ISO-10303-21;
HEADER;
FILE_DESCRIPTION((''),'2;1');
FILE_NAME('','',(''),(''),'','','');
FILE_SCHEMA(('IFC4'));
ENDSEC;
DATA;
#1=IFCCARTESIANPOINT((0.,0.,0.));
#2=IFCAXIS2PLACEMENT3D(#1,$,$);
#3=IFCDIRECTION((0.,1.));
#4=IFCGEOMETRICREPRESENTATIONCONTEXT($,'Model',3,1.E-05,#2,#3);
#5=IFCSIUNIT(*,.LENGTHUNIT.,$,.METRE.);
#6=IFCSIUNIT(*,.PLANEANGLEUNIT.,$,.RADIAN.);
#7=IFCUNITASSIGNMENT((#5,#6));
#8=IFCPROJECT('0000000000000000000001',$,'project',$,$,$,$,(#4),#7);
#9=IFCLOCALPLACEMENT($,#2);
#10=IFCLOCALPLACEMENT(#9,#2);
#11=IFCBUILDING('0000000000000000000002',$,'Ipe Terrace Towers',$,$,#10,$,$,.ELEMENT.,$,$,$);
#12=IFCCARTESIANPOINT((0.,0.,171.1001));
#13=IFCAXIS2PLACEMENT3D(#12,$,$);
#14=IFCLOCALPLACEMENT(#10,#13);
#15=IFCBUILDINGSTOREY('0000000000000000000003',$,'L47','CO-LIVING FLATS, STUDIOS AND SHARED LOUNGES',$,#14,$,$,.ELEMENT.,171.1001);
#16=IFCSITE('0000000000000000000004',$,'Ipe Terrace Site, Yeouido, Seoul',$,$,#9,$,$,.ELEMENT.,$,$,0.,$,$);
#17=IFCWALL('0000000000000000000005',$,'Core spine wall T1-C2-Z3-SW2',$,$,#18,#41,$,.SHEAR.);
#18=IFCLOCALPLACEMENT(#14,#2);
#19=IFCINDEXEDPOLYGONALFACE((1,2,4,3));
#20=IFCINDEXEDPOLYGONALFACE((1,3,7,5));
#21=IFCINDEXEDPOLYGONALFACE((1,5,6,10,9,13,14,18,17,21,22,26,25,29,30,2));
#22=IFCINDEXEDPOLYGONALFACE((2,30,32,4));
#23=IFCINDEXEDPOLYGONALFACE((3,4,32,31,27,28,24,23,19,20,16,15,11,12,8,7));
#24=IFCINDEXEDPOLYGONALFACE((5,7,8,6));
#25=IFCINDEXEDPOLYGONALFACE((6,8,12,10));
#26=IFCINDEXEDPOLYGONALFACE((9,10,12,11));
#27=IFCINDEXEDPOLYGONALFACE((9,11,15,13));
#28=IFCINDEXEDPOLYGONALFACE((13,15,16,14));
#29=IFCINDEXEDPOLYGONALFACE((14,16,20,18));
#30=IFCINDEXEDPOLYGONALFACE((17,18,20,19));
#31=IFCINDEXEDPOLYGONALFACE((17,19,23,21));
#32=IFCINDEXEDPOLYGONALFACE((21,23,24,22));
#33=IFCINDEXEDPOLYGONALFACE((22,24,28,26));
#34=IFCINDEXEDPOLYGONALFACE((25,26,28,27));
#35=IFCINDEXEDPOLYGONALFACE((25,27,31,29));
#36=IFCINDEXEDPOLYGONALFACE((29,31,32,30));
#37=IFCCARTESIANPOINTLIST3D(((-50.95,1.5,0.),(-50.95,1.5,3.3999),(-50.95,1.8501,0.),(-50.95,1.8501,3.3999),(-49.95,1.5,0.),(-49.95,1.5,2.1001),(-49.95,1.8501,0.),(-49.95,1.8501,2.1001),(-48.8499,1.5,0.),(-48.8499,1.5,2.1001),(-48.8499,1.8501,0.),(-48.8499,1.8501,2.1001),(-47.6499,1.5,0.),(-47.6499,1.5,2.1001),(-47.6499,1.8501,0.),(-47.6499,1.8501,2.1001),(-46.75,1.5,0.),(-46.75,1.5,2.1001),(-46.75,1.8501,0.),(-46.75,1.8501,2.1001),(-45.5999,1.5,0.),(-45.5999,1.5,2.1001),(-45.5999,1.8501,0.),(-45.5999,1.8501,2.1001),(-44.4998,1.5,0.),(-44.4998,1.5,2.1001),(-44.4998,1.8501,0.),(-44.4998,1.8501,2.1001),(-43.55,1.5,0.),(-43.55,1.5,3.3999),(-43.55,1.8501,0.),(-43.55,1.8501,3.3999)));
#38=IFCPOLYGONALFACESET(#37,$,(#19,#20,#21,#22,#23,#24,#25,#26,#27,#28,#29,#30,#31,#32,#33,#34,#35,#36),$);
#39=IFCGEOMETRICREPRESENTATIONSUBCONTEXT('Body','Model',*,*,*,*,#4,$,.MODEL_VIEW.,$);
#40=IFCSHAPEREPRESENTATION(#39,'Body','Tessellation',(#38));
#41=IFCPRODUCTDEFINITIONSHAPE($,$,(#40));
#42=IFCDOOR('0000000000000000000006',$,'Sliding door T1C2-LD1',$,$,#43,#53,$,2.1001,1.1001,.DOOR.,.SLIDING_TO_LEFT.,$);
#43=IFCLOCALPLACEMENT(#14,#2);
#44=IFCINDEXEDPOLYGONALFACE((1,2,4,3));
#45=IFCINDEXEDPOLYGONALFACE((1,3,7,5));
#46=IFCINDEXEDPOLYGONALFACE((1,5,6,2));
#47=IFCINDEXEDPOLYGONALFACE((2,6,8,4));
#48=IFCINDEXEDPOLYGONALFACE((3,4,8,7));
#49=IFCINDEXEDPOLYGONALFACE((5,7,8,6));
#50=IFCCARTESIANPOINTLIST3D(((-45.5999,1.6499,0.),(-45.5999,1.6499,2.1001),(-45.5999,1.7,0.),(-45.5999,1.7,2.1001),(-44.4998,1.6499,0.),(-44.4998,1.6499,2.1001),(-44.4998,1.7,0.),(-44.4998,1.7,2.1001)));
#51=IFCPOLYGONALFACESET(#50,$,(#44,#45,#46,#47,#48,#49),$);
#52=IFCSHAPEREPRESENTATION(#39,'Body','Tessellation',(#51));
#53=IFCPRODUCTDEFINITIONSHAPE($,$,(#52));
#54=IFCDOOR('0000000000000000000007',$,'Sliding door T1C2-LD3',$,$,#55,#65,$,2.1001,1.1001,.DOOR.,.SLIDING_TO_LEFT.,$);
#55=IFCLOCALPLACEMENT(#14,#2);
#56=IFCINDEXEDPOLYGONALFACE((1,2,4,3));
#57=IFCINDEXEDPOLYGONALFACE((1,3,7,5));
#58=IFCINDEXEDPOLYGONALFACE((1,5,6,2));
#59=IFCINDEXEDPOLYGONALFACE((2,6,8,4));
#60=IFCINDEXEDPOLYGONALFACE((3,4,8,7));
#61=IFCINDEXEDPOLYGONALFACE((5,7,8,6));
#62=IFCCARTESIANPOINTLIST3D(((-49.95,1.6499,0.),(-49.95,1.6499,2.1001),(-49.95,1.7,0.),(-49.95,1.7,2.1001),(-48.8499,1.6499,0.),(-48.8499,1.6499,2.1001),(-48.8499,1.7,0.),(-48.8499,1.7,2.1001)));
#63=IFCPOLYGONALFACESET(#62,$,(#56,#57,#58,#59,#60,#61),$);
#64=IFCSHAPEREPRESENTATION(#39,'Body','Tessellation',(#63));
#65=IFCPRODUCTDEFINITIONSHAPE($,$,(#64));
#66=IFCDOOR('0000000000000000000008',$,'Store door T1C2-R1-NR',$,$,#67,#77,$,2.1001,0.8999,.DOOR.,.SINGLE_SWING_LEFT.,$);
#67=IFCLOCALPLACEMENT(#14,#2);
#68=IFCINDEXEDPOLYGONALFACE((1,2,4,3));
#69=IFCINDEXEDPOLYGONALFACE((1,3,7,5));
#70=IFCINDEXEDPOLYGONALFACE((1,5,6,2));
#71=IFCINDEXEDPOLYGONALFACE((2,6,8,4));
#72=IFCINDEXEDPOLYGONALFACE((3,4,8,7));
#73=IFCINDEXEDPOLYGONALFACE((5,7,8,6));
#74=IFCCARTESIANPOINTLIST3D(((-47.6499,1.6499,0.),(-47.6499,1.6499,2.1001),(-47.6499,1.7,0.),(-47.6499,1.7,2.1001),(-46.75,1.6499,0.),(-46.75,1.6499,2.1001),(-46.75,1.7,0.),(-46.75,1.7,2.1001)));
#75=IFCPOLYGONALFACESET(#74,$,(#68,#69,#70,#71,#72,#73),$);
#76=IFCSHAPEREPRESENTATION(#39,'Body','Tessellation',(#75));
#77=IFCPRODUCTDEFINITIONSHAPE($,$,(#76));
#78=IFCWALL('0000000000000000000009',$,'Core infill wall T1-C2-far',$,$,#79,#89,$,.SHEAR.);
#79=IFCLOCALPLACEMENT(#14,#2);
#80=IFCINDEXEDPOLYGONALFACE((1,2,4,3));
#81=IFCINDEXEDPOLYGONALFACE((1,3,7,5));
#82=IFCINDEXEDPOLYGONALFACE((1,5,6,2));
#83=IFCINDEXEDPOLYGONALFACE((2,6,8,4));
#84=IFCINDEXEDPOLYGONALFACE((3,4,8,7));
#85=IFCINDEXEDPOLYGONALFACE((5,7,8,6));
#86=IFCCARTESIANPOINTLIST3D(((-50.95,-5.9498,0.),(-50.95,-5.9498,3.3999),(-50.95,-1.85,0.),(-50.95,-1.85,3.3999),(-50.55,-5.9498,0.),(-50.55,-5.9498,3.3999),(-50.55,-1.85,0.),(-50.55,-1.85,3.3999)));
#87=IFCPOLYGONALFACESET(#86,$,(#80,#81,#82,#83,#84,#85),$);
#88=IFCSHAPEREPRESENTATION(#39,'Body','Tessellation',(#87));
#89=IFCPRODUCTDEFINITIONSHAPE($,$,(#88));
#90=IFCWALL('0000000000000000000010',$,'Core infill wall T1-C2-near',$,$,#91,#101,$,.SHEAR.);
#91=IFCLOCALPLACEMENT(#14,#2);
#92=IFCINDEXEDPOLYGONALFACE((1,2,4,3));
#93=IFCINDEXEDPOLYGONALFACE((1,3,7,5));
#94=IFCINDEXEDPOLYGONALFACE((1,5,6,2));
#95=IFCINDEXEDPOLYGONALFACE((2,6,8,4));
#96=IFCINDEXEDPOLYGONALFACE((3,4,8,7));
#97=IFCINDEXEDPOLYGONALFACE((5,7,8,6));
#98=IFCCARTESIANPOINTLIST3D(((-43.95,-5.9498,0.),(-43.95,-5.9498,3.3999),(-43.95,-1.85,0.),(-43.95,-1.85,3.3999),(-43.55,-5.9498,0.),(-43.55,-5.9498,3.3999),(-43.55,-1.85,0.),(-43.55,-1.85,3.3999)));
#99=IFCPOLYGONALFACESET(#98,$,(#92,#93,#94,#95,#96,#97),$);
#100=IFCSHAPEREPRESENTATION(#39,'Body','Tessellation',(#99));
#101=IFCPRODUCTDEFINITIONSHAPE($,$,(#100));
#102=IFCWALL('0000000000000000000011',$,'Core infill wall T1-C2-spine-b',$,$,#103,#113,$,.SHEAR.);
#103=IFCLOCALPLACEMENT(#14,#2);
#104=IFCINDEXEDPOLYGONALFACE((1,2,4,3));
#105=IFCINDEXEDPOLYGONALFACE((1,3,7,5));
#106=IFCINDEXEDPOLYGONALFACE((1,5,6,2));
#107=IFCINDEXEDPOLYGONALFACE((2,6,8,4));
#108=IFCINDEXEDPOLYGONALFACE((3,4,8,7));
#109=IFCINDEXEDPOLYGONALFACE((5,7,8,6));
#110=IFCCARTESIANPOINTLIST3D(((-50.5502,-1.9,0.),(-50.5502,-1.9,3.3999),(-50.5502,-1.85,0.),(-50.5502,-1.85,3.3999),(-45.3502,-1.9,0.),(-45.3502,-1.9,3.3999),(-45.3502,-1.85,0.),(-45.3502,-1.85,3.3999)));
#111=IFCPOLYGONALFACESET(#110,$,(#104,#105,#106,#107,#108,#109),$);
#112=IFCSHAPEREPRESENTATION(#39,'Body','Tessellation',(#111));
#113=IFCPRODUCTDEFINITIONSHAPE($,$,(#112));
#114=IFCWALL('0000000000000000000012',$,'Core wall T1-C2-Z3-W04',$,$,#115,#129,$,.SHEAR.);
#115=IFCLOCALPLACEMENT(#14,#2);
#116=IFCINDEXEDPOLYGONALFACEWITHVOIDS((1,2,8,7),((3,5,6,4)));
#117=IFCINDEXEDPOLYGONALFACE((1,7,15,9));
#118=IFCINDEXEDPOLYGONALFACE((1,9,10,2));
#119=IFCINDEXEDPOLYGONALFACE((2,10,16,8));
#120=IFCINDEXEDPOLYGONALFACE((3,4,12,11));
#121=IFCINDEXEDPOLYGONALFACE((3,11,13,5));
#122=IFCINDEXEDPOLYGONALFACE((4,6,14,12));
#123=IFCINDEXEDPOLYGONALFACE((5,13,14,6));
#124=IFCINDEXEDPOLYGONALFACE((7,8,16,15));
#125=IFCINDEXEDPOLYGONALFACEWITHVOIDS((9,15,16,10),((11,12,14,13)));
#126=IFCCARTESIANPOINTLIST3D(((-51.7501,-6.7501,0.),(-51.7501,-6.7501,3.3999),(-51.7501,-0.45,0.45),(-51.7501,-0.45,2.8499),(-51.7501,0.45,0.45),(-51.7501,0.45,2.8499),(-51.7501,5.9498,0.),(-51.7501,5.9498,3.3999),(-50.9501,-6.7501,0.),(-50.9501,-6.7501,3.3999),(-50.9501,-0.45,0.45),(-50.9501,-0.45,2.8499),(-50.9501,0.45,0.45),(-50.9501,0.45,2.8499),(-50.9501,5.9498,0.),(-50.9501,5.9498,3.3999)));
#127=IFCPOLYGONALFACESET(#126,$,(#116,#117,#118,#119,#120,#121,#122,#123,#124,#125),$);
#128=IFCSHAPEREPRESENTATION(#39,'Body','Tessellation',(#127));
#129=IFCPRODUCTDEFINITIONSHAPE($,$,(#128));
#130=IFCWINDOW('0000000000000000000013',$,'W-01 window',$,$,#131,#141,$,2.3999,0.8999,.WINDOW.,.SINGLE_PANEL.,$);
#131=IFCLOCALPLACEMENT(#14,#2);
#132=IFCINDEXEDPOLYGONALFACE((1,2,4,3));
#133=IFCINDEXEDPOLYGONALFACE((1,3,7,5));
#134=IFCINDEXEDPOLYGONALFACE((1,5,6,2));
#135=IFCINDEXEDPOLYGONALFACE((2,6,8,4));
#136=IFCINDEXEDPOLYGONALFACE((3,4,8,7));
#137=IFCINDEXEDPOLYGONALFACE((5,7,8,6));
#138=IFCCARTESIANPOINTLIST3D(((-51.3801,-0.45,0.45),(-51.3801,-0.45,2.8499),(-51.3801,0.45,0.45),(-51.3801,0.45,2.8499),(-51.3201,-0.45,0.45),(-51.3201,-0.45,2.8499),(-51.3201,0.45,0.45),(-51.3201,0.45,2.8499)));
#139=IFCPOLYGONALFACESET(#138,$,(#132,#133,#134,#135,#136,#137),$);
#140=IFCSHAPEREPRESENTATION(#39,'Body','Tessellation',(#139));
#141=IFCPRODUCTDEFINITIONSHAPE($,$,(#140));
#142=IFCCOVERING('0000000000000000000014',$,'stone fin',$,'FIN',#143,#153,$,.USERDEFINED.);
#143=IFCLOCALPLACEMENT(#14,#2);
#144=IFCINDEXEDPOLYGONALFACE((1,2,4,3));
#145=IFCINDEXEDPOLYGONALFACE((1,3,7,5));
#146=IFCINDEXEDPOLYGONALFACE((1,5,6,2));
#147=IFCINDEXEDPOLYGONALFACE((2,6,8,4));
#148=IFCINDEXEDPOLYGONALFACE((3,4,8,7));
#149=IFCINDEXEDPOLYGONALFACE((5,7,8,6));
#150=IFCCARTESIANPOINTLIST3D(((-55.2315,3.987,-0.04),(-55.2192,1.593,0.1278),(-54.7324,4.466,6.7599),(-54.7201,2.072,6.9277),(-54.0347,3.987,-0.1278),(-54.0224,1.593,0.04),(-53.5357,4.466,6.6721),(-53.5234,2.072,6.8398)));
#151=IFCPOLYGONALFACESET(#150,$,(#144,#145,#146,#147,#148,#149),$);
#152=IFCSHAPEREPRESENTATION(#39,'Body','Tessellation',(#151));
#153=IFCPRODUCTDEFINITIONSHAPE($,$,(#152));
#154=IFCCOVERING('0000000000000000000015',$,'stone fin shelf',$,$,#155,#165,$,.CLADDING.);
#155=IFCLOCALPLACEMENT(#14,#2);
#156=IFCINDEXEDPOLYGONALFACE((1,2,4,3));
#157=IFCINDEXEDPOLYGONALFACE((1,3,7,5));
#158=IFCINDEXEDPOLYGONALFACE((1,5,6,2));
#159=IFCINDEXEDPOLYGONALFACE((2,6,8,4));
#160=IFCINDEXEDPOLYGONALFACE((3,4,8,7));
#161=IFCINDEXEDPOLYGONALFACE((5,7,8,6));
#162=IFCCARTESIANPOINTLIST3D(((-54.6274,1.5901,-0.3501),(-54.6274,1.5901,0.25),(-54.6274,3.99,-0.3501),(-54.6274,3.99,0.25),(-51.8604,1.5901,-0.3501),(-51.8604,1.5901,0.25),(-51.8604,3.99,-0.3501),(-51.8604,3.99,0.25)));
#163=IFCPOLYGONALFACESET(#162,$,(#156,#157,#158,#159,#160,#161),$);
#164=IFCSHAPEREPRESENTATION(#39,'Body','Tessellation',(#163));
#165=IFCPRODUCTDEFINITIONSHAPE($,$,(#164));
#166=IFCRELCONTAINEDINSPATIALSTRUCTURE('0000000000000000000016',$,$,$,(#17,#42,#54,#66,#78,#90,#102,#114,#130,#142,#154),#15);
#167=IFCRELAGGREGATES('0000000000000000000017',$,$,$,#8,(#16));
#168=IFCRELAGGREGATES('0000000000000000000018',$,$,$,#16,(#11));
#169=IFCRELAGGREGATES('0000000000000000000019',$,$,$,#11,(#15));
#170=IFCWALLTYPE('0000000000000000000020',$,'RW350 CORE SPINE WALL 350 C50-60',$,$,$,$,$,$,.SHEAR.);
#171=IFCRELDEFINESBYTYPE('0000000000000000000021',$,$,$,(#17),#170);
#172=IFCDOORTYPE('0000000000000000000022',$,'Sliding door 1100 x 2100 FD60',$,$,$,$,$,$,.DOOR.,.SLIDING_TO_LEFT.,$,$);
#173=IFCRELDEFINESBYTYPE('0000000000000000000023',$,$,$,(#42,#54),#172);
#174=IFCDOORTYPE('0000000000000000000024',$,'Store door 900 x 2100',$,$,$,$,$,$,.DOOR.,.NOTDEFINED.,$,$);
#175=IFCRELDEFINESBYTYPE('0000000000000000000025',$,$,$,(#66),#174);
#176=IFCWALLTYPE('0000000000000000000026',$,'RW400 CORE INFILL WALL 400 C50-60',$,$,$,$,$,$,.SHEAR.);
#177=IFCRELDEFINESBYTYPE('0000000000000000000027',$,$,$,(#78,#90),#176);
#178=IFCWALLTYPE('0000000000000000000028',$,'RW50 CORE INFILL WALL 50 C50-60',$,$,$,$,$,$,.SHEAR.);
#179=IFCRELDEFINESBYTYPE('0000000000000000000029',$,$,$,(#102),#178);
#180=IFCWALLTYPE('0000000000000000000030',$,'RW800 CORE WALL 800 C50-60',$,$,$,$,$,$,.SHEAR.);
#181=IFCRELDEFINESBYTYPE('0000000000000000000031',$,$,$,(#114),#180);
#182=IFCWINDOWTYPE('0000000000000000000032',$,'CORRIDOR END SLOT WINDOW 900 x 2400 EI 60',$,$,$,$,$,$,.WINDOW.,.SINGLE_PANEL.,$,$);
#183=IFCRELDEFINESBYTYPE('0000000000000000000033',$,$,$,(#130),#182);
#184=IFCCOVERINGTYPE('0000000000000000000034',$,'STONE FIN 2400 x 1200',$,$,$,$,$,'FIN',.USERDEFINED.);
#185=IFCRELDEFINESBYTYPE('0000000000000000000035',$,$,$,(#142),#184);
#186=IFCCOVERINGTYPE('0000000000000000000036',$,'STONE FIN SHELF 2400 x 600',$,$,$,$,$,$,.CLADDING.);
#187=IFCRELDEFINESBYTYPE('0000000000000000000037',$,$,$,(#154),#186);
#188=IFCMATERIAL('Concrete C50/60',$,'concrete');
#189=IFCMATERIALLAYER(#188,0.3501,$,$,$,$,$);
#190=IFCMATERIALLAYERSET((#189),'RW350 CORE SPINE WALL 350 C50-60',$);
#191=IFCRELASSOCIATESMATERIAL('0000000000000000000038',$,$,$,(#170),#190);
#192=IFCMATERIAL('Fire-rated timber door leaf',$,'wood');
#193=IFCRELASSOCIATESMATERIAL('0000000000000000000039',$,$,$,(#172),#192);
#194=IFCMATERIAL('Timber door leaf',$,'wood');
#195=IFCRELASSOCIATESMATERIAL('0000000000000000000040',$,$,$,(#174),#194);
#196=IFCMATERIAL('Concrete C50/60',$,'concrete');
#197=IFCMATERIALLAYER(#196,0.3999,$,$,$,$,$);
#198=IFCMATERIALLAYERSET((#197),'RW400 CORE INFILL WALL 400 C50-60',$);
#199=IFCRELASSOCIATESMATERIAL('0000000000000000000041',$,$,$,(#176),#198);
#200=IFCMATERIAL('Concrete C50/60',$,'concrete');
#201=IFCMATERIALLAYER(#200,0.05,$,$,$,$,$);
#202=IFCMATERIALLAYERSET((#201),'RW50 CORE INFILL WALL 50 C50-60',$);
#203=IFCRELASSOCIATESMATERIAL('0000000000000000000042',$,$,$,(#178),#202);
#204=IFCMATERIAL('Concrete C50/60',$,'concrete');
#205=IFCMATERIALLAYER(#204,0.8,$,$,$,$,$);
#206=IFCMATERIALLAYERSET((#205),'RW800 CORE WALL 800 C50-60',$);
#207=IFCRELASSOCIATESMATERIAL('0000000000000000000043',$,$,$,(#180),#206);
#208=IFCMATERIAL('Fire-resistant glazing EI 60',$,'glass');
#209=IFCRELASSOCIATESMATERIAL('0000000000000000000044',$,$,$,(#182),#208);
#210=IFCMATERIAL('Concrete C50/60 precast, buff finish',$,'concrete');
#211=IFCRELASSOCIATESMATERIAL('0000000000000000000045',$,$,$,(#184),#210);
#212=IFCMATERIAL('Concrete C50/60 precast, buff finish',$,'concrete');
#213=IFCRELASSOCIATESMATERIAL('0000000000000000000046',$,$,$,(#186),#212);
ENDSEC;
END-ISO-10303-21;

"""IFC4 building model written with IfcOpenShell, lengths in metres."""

from ifc_helpers import new_model, si_unit, direction, frame, frame_2d, origin, origin_2d, place, context, subcontext, project, spatial, rectangle, extrude, material, layer, layer_set, material_profile, profile_set, type_object, element, fill, save


model = new_model("IFC4")

# Units and contexts
model_context = context("Model", 3, precision=1e-05, world=origin(), true_north=direction((0.0, 1.0)))
body_context = subcontext(model_context, "Body", "Model", "MODEL_VIEW")
ifc_project = project(units=[si_unit("LENGTHUNIT", "METRE"), si_unit("PLANEANGLEUNIT", "RADIAN")], contexts=[model_context])

# Site, building, storey
site_placement = place(None, origin())
site = spatial("IfcSite", under=ifc_project, at=site_placement, Name="Ipe Terrace Site, Yeouido, Seoul", CompositionType="ELEMENT", RefElevation=0.0)
building_placement = place(site_placement, origin())
building = spatial("IfcBuilding", under=site, at=building_placement, Name="Ipe Terrace Towers", CompositionType="ELEMENT")
storey_placement = place(building_placement, frame((0.0, 0.0, 171.1001)))
storey = spatial("IfcBuildingStorey", under=building, at=storey_placement, Name="L47", Description="CO-LIVING FLATS, STUDIOS AND SHARED LOUNGES", CompositionType="ELEMENT", Elevation=171.1001)

# Shared definitions
ifc_material_1 = material(Name="Concrete C50/60", Category="concrete")
ifc_layer_1 = layer(ifc_material_1, 0.3501)
ifc_layer_set_1 = layer_set([ifc_layer_1], Name="RW350 CORE SPINE WALL 350 C50-60")
wall_type_1 = type_object("IfcWallType", Name="RW350 CORE SPINE WALL 350 C50-60", PredefinedType="SHEAR", material=ifc_layer_set_1)

# Wall, openings, doors
wall_1_placement = place(storey_placement, frame((-50.95, 1.675, 0.0), z_axis=(0.0, 0.0, 1.0), x_axis=(1.0, 0.0, 0.0)))
wall_1 = element("IfcWall", 1, at=wall_1_placement, inside=storey, type_object=wall_type_1, Name="Core spine wall T1-C2-Z3-SW2", PredefinedType="SHEAR", context=body_context, shape_type="SweptSolid", body=[
    extrude(rectangle(XDim=7.3999, YDim=0.3501, at=frame_2d((3.7, 0.0))), origin(), (0.0, 0.0, 1.0), 3.3999),
])
opening_1_placement = place(wall_1_placement, frame((5.3501, 0.0, 0.0)))
opening_1 = element("IfcOpeningElement", 2, at=opening_1_placement, cuts=wall_1, PredefinedType="OPENING", context=body_context, shape_type="SweptSolid", body=[
    extrude(rectangle(XDim=1.1001, YDim=2.1001, at=frame_2d((0.55, 1.05))), frame((0.0, 0.1851, 0.0), z_axis=(0.0, -1.0, 0.0), x_axis=(1.0, 0.0, 0.0)), (0.0, 0.0, 1.0), 0.3701),
])
opening_2_placement = place(wall_1_placement, frame((1.0, 0.0, 0.0)))
opening_2 = element("IfcOpeningElement", 3, at=opening_2_placement, cuts=wall_1, PredefinedType="OPENING", context=body_context, shape_type="SweptSolid", body=[
    extrude(rectangle(XDim=1.1001, YDim=2.1001, at=frame_2d((0.55, 1.05))), frame((0.0, 0.1851, 0.0), z_axis=(0.0, -1.0, 0.0), x_axis=(1.0, 0.0, 0.0)), (0.0, 0.0, 1.0), 0.3701),
])
opening_3_placement = place(wall_1_placement, frame((3.3, 0.0, 0.0)))
opening_3 = element("IfcOpeningElement", 4, at=opening_3_placement, cuts=wall_1, PredefinedType="OPENING", context=body_context, shape_type="SweptSolid", body=[
    extrude(rectangle(XDim=0.8999, YDim=2.1001, at=frame_2d((0.45, 1.05))), frame((0.0, 0.1851, 0.0), z_axis=(0.0, -1.0, 0.0), x_axis=(1.0, 0.0, 0.0)), (0.0, 0.0, 1.0), 0.3701),
])
ifc_material_2 = material(Name="Fire-rated timber door leaf", Category="wood")
door_type_1 = type_object("IfcDoorType", Name="Sliding door 1100 x 2100 FD60", OperationType="SLIDING_TO_LEFT", PredefinedType="DOOR", material=ifc_material_2)
door_1_placement = place(opening_1_placement, origin())
door_1 = element("IfcDoor", 5, at=door_1_placement, inside=storey, type_object=door_type_1, Name="Sliding door T1C2-LD1", OperationType="SLIDING_TO_LEFT", OverallHeight=2.1001, OverallWidth=1.1001, PredefinedType="DOOR", context=body_context, shape_type="SweptSolid", body=[
    extrude(rectangle(XDim=1.1001, YDim=2.1001, at=frame_2d((0.55, 1.05))), frame((0.0, 0.0249, 0.0), z_axis=(0.0, -1.0, 0.0), x_axis=(1.0, 0.0, 0.0)), (0.0, 0.0, 1.0), 0.05),
])
fill(opening_1, door_1)
door_2_placement = place(opening_2_placement, origin())
door_2 = element("IfcDoor", 6, at=door_2_placement, inside=storey, type_object=door_type_1, Name="Sliding door T1C2-LD3", OperationType="SLIDING_TO_LEFT", OverallHeight=2.1001, OverallWidth=1.1001, PredefinedType="DOOR", context=body_context, shape_type="SweptSolid", body=[
    extrude(rectangle(XDim=1.1001, YDim=2.1001, at=frame_2d((0.55, 1.05))), frame((0.0, 0.0249, 0.0), z_axis=(0.0, -1.0, 0.0), x_axis=(1.0, 0.0, 0.0)), (0.0, 0.0, 1.0), 0.05),
])
fill(opening_2, door_2)
ifc_material_3 = material(Name="Timber door leaf", Category="wood")
door_type_2 = type_object("IfcDoorType", Name="Store door 900 x 2100", OperationType="NOTDEFINED", PredefinedType="DOOR", material=ifc_material_3)
door_3_placement = place(opening_3_placement, origin())
door_3 = element("IfcDoor", 7, at=door_3_placement, inside=storey, type_object=door_type_2, Name="Store door T1C2-R1-NR", OperationType="SINGLE_SWING_LEFT", OverallHeight=2.1001, OverallWidth=0.8999, PredefinedType="DOOR", context=body_context, shape_type="SweptSolid", body=[
    extrude(rectangle(XDim=0.8999, YDim=2.1001, at=frame_2d((0.45, 1.05))), frame((0.0, 0.0249, 0.0), z_axis=(0.0, -1.0, 0.0), x_axis=(1.0, 0.0, 0.0)), (0.0, 0.0, 1.0), 0.05),
])
fill(opening_3, door_3)

# Walls
ifc_material_4 = material(Name="Concrete C50/60", Category="concrete")
ifc_layer_2 = layer(ifc_material_4, 0.3999)
ifc_layer_set_2 = layer_set([ifc_layer_2], Name="RW400 CORE INFILL WALL 400 C50-60")
wall_type_2 = type_object("IfcWallType", Name="RW400 CORE INFILL WALL 400 C50-60", PredefinedType="SHEAR", material=ifc_layer_set_2)
for number, where, z_axis, x_axis, name in (
    (8, (-50.75, -1.8501, 0.0), (0.0, 0.0, 1.0), (0.0, -1.0, 0.0), "Core infill wall T1-C2-far"),
    (9, (-43.75, -1.8501, 0.0), (0.0, 0.0, 1.0), (0.0, -1.0, 0.0), "Core infill wall T1-C2-near"),
):
    element("IfcWall", number, at=place(storey_placement, frame(where, z_axis=z_axis, x_axis=x_axis)), inside=storey, type_object=wall_type_2, Name=name, PredefinedType="SHEAR", context=body_context, shape_type="SweptSolid", body=[
        extrude(rectangle(XDim=4.0999, YDim=0.3999, at=frame_2d((2.0498, 0.0))), origin(), (0.0, 0.0, 1.0), 3.3999),
    ])
ifc_material_5 = material(Name="Concrete C50/60", Category="concrete")
ifc_layer_3 = layer(ifc_material_5, 0.05)
ifc_layer_set_3 = layer_set([ifc_layer_3], Name="RW50 CORE INFILL WALL 50 C50-60")
wall_type_3 = type_object("IfcWallType", Name="RW50 CORE INFILL WALL 50 C50-60", PredefinedType="SHEAR", material=ifc_layer_set_3)
wall_2_placement = place(storey_placement, frame((-45.3501, -1.875, 0.0), z_axis=(0.0, 0.0, 1.0), x_axis=(-1.0, 0.0, 0.0)))
element("IfcWall", 10, at=wall_2_placement, inside=storey, type_object=wall_type_3, Name="Core infill wall T1-C2-spine-b", PredefinedType="SHEAR", context=body_context, shape_type="SweptSolid", body=[
    extrude(rectangle(XDim=5.2, YDim=0.05, at=frame_2d((2.6001, 0.0))), origin(), (0.0, 0.0, 1.0), 3.3999),
])

# Wall, opening, window
ifc_material_6 = material(Name="Concrete C50/60", Category="concrete")
ifc_layer_4 = layer(ifc_material_6, 0.8)
ifc_layer_set_4 = layer_set([ifc_layer_4], Name="RW800 CORE WALL 800 C50-60")
wall_type_4 = type_object("IfcWallType", Name="RW800 CORE WALL 800 C50-60", PredefinedType="SHEAR", material=ifc_layer_set_4)
wall_3_placement = place(storey_placement, frame((-51.3501, 5.95, 0.0), z_axis=(0.0, 0.0, 1.0), x_axis=(0.0, -1.0, 0.0)))
wall_3 = element("IfcWall", 11, at=wall_3_placement, inside=storey, type_object=wall_type_4, Name="Core wall T1-C2-Z3-W04", PredefinedType="SHEAR", context=body_context, shape_type="SweptSolid", body=[
    extrude(rectangle(XDim=12.7, YDim=0.8, at=frame_2d((6.3501, 0.0))), origin(), (0.0, 0.0, 1.0), 3.3999),
])
opening_4_placement = place(wall_3_placement, frame((5.5, 0.0, 0.45)))
opening_4 = element("IfcOpeningElement", 12, at=opening_4_placement, cuts=wall_3, PredefinedType="OPENING", context=body_context, shape_type="SweptSolid", body=[
    extrude(rectangle(XDim=0.8999, YDim=2.3999, at=frame_2d((0.45, 1.2))), frame((0.0, 0.4102, 0.0), z_axis=(0.0, -1.0, 0.0), x_axis=(1.0, 0.0, 0.0)), (0.0, 0.0, 1.0), 0.8201),
])
ifc_material_7 = material(Name="Fire-resistant glazing EI 60", Category="glass")
window_type = type_object("IfcWindowType", Name="CORRIDOR END SLOT WINDOW 900 x 2400 EI 60", PartitioningType="SINGLE_PANEL", PredefinedType="WINDOW", material=ifc_material_7)
window_placement = place(opening_4_placement, origin())
window = element("IfcWindow", 13, at=window_placement, inside=storey, type_object=window_type, Name="W-01 window", OverallHeight=2.3999, OverallWidth=0.8999, PartitioningType="SINGLE_PANEL", PredefinedType="WINDOW", context=body_context, shape_type="SweptSolid", body=[
    extrude(rectangle(XDim=0.8999, YDim=2.3999, at=frame_2d((0.45, 1.2))), frame((0.0, 0.03, 0.0), z_axis=(0.0, -1.0, 0.0), x_axis=(1.0, 0.0, 0.0)), (0.0, 0.0, 1.0), 0.0601),
])
fill(opening_4, window)

# Coverings
ifc_material_8 = material(Name="Concrete C50/60 precast, buff finish", Category="concrete")
ifc_material_profile = material_profile(ifc_material_8, rectangle(XDim=2.3999, YDim=1.2, at=origin_2d()), Name="STONE FIN 2400 x 1200")
ifc_profile_set = profile_set([ifc_material_profile], Name="Concrete C50/60 precast, buff finish")
covering_type_1 = type_object("IfcCoveringType", Name="STONE FIN 2400 x 1200", ElementType="FIN", PredefinedType="USERDEFINED", material=ifc_profile_set)
covering_1_placement = place(storey_placement, frame((-54.627, 2.79, 0.0), z_axis=(0.073011, 0.070082, 0.994866), x_axis=(0.005129, -0.997541, 0.069894)))
element("IfcCovering", 14, at=covering_1_placement, inside=storey, type_object=covering_type_1, Name="stone fin", ObjectType="FIN", PredefinedType="USERDEFINED", context=body_context, shape_type="SweptSolid", body=[
    extrude(rectangle(XDim=2.3999, YDim=1.2, at=origin_2d()), origin(), (0.0, 0.0, 1.0), 6.835),
])
ifc_material_9 = material(Name="Concrete C50/60 precast, buff finish", Category="concrete")
covering_type_2 = type_object("IfcCoveringType", Name="STONE FIN SHELF 2400 x 600", PredefinedType="CLADDING", material=ifc_material_9)
covering_2_placement = place(storey_placement, frame((-53.2439, 2.79, -0.3501), z_axis=(0.0, 0.0, 1.0), x_axis=(0.0, -1.0, 0.0)))
element("IfcCovering", 15, at=covering_2_placement, inside=storey, type_object=covering_type_2, Name="stone fin shelf", PredefinedType="CLADDING", context=body_context, shape_type="SweptSolid", body=[
    extrude(rectangle(XDim=2.3999, YDim=2.7671, at=origin_2d()), origin(), (0.0, 0.0, 1.0), 0.6001),
])

save(model, "model.ifc")
